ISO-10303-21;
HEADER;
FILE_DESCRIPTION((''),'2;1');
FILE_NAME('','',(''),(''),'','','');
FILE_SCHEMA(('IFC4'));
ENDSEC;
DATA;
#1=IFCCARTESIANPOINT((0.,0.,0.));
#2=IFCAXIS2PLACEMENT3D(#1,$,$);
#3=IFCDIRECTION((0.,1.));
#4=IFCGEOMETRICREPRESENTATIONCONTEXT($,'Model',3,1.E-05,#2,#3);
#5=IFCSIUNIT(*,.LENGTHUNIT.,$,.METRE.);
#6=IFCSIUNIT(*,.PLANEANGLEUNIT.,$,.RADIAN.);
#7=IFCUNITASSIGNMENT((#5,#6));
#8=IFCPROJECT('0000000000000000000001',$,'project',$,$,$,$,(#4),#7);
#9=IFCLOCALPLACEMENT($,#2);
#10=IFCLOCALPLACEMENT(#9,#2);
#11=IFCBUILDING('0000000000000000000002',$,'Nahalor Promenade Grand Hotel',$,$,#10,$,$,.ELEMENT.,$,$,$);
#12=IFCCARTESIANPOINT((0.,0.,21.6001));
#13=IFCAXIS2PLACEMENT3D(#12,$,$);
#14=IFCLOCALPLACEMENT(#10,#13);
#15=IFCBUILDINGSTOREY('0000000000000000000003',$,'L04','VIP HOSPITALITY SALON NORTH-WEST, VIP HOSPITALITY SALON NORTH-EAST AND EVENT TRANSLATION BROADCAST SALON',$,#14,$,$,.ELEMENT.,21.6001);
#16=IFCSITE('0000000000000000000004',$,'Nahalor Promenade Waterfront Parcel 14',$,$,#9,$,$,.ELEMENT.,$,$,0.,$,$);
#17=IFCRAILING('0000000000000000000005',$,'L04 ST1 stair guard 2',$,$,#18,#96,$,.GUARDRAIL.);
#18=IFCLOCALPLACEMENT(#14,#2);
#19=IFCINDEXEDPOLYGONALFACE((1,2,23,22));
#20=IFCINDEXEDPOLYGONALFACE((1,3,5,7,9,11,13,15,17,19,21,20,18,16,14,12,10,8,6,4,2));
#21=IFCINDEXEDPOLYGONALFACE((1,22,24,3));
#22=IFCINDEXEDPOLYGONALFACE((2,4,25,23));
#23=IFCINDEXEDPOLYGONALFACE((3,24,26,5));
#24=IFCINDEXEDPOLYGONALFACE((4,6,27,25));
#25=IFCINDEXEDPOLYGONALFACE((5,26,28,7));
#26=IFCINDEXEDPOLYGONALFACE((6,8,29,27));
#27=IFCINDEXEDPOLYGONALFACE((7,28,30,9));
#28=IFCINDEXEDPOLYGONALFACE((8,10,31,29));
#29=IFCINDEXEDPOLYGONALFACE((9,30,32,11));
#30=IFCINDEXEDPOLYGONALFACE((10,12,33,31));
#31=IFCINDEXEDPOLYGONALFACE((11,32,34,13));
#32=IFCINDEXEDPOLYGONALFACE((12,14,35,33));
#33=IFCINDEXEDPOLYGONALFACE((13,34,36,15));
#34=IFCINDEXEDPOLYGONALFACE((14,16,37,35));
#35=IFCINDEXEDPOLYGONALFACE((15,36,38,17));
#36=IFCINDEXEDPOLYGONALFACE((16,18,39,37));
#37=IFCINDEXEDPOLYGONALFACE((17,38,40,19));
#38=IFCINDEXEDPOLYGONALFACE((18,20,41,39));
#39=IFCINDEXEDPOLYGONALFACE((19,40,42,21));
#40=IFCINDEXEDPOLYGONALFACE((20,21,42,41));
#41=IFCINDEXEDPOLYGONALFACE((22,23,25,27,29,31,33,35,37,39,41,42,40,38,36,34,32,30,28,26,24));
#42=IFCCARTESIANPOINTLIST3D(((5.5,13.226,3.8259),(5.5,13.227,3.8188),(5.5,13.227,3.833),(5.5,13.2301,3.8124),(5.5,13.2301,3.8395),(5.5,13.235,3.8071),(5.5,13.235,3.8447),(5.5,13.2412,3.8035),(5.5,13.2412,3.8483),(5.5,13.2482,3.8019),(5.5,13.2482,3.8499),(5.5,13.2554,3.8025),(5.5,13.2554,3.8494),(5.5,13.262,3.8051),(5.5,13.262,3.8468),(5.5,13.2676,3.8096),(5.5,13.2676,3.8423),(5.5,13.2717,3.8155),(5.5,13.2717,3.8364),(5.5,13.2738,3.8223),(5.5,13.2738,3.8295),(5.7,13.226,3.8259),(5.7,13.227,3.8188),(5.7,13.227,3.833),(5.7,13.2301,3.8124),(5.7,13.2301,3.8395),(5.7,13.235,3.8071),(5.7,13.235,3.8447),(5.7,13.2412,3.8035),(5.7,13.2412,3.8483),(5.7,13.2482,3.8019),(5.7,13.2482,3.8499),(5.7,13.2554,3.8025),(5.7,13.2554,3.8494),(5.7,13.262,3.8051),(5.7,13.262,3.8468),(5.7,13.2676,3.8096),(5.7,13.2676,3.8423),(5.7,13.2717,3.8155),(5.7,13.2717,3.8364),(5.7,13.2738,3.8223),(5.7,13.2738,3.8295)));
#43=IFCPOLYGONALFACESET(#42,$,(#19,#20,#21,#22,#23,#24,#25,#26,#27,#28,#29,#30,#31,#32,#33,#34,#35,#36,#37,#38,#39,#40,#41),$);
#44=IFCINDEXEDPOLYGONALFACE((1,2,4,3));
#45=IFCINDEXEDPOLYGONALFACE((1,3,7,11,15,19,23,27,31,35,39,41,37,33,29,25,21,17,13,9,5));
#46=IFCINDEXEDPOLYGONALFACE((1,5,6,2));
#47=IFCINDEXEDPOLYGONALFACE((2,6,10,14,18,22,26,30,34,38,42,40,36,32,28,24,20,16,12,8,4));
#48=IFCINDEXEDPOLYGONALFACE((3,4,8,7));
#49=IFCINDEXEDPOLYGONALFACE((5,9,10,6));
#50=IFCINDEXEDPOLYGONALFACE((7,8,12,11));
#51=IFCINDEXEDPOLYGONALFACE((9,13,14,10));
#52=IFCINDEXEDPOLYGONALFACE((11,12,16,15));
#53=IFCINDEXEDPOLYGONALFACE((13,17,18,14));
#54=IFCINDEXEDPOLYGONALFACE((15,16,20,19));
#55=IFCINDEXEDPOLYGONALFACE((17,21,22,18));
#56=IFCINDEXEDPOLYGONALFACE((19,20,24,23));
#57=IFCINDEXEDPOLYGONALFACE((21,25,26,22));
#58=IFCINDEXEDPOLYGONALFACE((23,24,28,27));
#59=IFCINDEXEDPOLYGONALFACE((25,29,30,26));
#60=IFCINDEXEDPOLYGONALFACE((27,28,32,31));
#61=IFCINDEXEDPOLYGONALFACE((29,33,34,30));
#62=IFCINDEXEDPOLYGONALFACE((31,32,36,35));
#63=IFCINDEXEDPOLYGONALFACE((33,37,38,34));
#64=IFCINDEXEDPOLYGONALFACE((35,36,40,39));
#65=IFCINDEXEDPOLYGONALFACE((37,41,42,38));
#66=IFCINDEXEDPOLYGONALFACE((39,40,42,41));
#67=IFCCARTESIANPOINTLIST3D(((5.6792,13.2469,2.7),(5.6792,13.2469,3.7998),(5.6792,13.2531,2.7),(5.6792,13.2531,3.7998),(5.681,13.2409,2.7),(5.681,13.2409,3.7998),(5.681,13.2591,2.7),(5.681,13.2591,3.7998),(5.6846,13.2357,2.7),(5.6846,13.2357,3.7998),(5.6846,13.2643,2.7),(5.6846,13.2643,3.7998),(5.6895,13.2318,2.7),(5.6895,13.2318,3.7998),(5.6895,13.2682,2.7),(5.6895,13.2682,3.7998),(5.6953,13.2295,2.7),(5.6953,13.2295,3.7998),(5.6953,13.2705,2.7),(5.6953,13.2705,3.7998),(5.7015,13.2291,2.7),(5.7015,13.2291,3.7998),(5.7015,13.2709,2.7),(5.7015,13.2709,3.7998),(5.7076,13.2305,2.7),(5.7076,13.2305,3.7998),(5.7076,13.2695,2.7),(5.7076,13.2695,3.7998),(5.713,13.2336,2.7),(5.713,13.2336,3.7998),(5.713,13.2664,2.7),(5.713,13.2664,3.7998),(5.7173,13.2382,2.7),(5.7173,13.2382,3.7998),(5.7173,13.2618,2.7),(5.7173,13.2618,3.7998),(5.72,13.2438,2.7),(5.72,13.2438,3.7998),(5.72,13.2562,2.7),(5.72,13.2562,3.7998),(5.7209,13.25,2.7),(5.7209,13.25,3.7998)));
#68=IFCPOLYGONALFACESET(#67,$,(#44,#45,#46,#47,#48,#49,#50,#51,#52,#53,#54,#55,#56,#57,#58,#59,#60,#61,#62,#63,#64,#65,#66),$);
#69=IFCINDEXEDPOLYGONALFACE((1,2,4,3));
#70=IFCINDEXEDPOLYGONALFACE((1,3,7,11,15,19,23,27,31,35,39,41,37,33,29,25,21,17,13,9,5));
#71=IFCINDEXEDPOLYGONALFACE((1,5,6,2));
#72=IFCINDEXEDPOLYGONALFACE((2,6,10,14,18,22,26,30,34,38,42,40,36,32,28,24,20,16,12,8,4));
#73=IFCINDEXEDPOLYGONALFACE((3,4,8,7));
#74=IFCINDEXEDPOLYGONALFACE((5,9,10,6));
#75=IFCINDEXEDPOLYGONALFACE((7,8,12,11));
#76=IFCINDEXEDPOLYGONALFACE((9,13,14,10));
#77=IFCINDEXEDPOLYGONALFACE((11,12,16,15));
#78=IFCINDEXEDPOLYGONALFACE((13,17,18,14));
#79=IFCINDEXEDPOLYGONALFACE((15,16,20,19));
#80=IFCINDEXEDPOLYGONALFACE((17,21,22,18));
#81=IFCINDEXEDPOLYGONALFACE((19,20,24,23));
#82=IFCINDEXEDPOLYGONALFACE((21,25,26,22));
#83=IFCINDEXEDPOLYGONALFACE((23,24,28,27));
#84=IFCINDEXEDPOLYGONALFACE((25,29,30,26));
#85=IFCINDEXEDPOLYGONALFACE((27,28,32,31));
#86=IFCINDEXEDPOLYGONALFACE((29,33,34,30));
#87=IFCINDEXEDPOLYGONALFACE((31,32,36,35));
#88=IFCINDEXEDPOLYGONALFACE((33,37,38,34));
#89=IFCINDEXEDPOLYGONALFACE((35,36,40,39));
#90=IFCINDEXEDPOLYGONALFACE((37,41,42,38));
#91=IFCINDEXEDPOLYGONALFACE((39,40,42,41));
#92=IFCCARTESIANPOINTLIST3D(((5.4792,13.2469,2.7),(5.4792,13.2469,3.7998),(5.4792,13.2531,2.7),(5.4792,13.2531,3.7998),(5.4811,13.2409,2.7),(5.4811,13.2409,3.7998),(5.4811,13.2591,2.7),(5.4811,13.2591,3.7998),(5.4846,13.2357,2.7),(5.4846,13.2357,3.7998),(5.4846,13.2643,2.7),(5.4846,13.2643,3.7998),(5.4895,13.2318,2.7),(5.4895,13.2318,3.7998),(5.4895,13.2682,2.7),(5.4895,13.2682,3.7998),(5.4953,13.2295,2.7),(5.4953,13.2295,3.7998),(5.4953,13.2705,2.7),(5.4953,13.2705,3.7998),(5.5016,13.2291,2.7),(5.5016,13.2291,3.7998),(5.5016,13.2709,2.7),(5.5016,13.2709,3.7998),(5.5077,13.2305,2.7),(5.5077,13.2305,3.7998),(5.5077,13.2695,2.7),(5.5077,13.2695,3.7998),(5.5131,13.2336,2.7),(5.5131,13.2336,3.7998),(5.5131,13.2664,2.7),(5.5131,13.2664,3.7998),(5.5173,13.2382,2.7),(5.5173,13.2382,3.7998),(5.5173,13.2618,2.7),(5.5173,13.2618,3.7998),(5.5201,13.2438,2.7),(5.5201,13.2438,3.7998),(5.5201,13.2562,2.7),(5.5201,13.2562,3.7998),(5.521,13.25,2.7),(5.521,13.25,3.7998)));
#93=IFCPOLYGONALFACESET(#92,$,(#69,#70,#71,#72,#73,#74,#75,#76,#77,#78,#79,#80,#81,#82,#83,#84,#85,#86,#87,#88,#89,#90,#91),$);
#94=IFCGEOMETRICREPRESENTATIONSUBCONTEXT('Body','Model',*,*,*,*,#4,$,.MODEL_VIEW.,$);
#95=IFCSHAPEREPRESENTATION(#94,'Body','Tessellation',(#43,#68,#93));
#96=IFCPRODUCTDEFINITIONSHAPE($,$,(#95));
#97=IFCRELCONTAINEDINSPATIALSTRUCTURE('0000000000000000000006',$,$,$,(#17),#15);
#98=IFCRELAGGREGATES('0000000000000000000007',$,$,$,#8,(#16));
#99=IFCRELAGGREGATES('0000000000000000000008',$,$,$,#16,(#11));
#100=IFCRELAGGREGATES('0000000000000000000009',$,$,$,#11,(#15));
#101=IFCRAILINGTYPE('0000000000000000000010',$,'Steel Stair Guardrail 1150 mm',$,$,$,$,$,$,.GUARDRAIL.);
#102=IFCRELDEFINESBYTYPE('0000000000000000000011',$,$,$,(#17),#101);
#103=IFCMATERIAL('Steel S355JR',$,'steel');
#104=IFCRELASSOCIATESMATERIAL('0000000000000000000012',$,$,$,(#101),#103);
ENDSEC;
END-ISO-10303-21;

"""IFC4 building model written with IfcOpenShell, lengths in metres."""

from ifc_helpers import new_model, si_unit, direction, frame, origin, origin_2d, place, context, subcontext, project, spatial, circle, extrude, material, type_object, element, save


model = new_model("IFC4")

# Units and contexts
model_context = context("Model", 3, precision=1e-05, world=origin(), true_north=direction((0.0, 1.0)))
body_context = subcontext(model_context, "Body", "Model", "MODEL_VIEW")
ifc_project = project(units=[si_unit("LENGTHUNIT", "METRE"), si_unit("PLANEANGLEUNIT", "RADIAN")], contexts=[model_context])

# Site, building, storey
site_placement = place(None, origin())
site = spatial("IfcSite", under=ifc_project, at=site_placement, Name="Nahalor Promenade Waterfront Parcel 14", CompositionType="ELEMENT", RefElevation=0.0)
building_placement = place(site_placement, origin())
building = spatial("IfcBuilding", under=site, at=building_placement, Name="Nahalor Promenade Grand Hotel", CompositionType="ELEMENT")
storey_placement = place(building_placement, frame((0.0, 0.0, 21.6001)))
storey = spatial("IfcBuildingStorey", under=building, at=storey_placement, Name="L04", Description="VIP HOSPITALITY SALON NORTH-WEST, VIP HOSPITALITY SALON NORTH-EAST AND EVENT TRANSLATION BROADCAST SALON", CompositionType="ELEMENT", Elevation=21.6001)

# Shared definitions
ifc_material_1 = material(Name="Steel S355JR", Category="steel")

# Railing
railing_type = type_object("IfcRailingType", Name="Steel Stair Guardrail 1150 mm", PredefinedType="GUARDRAIL", material=ifc_material_1)
railing_placement = place(storey_placement, frame((5.7, 13.25, 2.7)))
element("IfcRailing", 1, at=railing_placement, inside=storey, type_object=railing_type, Name="L04 ST1 stair guard 2", PredefinedType="GUARDRAIL", context=body_context, shape_type="SweptSolid", body=[
    extrude(circle(Radius=0.024, at=origin_2d()), frame((0.0, 0.0, 1.126), z_axis=(-1.0, 0.0, 0.0), x_axis=(0.0, -1.0, 0.0)), (0.0, 0.0, 1.0), 0.2),
    extrude(circle(Radius=0.021, at=origin_2d()), origin(), (0.0, 0.0, 1.0), 1.0999),
    extrude(circle(Radius=0.021, at=origin_2d()), frame((-0.2, 0.0, 0.0)), (0.0, 0.0, 1.0), 1.0999),
])

save(model, "model.ifc")
